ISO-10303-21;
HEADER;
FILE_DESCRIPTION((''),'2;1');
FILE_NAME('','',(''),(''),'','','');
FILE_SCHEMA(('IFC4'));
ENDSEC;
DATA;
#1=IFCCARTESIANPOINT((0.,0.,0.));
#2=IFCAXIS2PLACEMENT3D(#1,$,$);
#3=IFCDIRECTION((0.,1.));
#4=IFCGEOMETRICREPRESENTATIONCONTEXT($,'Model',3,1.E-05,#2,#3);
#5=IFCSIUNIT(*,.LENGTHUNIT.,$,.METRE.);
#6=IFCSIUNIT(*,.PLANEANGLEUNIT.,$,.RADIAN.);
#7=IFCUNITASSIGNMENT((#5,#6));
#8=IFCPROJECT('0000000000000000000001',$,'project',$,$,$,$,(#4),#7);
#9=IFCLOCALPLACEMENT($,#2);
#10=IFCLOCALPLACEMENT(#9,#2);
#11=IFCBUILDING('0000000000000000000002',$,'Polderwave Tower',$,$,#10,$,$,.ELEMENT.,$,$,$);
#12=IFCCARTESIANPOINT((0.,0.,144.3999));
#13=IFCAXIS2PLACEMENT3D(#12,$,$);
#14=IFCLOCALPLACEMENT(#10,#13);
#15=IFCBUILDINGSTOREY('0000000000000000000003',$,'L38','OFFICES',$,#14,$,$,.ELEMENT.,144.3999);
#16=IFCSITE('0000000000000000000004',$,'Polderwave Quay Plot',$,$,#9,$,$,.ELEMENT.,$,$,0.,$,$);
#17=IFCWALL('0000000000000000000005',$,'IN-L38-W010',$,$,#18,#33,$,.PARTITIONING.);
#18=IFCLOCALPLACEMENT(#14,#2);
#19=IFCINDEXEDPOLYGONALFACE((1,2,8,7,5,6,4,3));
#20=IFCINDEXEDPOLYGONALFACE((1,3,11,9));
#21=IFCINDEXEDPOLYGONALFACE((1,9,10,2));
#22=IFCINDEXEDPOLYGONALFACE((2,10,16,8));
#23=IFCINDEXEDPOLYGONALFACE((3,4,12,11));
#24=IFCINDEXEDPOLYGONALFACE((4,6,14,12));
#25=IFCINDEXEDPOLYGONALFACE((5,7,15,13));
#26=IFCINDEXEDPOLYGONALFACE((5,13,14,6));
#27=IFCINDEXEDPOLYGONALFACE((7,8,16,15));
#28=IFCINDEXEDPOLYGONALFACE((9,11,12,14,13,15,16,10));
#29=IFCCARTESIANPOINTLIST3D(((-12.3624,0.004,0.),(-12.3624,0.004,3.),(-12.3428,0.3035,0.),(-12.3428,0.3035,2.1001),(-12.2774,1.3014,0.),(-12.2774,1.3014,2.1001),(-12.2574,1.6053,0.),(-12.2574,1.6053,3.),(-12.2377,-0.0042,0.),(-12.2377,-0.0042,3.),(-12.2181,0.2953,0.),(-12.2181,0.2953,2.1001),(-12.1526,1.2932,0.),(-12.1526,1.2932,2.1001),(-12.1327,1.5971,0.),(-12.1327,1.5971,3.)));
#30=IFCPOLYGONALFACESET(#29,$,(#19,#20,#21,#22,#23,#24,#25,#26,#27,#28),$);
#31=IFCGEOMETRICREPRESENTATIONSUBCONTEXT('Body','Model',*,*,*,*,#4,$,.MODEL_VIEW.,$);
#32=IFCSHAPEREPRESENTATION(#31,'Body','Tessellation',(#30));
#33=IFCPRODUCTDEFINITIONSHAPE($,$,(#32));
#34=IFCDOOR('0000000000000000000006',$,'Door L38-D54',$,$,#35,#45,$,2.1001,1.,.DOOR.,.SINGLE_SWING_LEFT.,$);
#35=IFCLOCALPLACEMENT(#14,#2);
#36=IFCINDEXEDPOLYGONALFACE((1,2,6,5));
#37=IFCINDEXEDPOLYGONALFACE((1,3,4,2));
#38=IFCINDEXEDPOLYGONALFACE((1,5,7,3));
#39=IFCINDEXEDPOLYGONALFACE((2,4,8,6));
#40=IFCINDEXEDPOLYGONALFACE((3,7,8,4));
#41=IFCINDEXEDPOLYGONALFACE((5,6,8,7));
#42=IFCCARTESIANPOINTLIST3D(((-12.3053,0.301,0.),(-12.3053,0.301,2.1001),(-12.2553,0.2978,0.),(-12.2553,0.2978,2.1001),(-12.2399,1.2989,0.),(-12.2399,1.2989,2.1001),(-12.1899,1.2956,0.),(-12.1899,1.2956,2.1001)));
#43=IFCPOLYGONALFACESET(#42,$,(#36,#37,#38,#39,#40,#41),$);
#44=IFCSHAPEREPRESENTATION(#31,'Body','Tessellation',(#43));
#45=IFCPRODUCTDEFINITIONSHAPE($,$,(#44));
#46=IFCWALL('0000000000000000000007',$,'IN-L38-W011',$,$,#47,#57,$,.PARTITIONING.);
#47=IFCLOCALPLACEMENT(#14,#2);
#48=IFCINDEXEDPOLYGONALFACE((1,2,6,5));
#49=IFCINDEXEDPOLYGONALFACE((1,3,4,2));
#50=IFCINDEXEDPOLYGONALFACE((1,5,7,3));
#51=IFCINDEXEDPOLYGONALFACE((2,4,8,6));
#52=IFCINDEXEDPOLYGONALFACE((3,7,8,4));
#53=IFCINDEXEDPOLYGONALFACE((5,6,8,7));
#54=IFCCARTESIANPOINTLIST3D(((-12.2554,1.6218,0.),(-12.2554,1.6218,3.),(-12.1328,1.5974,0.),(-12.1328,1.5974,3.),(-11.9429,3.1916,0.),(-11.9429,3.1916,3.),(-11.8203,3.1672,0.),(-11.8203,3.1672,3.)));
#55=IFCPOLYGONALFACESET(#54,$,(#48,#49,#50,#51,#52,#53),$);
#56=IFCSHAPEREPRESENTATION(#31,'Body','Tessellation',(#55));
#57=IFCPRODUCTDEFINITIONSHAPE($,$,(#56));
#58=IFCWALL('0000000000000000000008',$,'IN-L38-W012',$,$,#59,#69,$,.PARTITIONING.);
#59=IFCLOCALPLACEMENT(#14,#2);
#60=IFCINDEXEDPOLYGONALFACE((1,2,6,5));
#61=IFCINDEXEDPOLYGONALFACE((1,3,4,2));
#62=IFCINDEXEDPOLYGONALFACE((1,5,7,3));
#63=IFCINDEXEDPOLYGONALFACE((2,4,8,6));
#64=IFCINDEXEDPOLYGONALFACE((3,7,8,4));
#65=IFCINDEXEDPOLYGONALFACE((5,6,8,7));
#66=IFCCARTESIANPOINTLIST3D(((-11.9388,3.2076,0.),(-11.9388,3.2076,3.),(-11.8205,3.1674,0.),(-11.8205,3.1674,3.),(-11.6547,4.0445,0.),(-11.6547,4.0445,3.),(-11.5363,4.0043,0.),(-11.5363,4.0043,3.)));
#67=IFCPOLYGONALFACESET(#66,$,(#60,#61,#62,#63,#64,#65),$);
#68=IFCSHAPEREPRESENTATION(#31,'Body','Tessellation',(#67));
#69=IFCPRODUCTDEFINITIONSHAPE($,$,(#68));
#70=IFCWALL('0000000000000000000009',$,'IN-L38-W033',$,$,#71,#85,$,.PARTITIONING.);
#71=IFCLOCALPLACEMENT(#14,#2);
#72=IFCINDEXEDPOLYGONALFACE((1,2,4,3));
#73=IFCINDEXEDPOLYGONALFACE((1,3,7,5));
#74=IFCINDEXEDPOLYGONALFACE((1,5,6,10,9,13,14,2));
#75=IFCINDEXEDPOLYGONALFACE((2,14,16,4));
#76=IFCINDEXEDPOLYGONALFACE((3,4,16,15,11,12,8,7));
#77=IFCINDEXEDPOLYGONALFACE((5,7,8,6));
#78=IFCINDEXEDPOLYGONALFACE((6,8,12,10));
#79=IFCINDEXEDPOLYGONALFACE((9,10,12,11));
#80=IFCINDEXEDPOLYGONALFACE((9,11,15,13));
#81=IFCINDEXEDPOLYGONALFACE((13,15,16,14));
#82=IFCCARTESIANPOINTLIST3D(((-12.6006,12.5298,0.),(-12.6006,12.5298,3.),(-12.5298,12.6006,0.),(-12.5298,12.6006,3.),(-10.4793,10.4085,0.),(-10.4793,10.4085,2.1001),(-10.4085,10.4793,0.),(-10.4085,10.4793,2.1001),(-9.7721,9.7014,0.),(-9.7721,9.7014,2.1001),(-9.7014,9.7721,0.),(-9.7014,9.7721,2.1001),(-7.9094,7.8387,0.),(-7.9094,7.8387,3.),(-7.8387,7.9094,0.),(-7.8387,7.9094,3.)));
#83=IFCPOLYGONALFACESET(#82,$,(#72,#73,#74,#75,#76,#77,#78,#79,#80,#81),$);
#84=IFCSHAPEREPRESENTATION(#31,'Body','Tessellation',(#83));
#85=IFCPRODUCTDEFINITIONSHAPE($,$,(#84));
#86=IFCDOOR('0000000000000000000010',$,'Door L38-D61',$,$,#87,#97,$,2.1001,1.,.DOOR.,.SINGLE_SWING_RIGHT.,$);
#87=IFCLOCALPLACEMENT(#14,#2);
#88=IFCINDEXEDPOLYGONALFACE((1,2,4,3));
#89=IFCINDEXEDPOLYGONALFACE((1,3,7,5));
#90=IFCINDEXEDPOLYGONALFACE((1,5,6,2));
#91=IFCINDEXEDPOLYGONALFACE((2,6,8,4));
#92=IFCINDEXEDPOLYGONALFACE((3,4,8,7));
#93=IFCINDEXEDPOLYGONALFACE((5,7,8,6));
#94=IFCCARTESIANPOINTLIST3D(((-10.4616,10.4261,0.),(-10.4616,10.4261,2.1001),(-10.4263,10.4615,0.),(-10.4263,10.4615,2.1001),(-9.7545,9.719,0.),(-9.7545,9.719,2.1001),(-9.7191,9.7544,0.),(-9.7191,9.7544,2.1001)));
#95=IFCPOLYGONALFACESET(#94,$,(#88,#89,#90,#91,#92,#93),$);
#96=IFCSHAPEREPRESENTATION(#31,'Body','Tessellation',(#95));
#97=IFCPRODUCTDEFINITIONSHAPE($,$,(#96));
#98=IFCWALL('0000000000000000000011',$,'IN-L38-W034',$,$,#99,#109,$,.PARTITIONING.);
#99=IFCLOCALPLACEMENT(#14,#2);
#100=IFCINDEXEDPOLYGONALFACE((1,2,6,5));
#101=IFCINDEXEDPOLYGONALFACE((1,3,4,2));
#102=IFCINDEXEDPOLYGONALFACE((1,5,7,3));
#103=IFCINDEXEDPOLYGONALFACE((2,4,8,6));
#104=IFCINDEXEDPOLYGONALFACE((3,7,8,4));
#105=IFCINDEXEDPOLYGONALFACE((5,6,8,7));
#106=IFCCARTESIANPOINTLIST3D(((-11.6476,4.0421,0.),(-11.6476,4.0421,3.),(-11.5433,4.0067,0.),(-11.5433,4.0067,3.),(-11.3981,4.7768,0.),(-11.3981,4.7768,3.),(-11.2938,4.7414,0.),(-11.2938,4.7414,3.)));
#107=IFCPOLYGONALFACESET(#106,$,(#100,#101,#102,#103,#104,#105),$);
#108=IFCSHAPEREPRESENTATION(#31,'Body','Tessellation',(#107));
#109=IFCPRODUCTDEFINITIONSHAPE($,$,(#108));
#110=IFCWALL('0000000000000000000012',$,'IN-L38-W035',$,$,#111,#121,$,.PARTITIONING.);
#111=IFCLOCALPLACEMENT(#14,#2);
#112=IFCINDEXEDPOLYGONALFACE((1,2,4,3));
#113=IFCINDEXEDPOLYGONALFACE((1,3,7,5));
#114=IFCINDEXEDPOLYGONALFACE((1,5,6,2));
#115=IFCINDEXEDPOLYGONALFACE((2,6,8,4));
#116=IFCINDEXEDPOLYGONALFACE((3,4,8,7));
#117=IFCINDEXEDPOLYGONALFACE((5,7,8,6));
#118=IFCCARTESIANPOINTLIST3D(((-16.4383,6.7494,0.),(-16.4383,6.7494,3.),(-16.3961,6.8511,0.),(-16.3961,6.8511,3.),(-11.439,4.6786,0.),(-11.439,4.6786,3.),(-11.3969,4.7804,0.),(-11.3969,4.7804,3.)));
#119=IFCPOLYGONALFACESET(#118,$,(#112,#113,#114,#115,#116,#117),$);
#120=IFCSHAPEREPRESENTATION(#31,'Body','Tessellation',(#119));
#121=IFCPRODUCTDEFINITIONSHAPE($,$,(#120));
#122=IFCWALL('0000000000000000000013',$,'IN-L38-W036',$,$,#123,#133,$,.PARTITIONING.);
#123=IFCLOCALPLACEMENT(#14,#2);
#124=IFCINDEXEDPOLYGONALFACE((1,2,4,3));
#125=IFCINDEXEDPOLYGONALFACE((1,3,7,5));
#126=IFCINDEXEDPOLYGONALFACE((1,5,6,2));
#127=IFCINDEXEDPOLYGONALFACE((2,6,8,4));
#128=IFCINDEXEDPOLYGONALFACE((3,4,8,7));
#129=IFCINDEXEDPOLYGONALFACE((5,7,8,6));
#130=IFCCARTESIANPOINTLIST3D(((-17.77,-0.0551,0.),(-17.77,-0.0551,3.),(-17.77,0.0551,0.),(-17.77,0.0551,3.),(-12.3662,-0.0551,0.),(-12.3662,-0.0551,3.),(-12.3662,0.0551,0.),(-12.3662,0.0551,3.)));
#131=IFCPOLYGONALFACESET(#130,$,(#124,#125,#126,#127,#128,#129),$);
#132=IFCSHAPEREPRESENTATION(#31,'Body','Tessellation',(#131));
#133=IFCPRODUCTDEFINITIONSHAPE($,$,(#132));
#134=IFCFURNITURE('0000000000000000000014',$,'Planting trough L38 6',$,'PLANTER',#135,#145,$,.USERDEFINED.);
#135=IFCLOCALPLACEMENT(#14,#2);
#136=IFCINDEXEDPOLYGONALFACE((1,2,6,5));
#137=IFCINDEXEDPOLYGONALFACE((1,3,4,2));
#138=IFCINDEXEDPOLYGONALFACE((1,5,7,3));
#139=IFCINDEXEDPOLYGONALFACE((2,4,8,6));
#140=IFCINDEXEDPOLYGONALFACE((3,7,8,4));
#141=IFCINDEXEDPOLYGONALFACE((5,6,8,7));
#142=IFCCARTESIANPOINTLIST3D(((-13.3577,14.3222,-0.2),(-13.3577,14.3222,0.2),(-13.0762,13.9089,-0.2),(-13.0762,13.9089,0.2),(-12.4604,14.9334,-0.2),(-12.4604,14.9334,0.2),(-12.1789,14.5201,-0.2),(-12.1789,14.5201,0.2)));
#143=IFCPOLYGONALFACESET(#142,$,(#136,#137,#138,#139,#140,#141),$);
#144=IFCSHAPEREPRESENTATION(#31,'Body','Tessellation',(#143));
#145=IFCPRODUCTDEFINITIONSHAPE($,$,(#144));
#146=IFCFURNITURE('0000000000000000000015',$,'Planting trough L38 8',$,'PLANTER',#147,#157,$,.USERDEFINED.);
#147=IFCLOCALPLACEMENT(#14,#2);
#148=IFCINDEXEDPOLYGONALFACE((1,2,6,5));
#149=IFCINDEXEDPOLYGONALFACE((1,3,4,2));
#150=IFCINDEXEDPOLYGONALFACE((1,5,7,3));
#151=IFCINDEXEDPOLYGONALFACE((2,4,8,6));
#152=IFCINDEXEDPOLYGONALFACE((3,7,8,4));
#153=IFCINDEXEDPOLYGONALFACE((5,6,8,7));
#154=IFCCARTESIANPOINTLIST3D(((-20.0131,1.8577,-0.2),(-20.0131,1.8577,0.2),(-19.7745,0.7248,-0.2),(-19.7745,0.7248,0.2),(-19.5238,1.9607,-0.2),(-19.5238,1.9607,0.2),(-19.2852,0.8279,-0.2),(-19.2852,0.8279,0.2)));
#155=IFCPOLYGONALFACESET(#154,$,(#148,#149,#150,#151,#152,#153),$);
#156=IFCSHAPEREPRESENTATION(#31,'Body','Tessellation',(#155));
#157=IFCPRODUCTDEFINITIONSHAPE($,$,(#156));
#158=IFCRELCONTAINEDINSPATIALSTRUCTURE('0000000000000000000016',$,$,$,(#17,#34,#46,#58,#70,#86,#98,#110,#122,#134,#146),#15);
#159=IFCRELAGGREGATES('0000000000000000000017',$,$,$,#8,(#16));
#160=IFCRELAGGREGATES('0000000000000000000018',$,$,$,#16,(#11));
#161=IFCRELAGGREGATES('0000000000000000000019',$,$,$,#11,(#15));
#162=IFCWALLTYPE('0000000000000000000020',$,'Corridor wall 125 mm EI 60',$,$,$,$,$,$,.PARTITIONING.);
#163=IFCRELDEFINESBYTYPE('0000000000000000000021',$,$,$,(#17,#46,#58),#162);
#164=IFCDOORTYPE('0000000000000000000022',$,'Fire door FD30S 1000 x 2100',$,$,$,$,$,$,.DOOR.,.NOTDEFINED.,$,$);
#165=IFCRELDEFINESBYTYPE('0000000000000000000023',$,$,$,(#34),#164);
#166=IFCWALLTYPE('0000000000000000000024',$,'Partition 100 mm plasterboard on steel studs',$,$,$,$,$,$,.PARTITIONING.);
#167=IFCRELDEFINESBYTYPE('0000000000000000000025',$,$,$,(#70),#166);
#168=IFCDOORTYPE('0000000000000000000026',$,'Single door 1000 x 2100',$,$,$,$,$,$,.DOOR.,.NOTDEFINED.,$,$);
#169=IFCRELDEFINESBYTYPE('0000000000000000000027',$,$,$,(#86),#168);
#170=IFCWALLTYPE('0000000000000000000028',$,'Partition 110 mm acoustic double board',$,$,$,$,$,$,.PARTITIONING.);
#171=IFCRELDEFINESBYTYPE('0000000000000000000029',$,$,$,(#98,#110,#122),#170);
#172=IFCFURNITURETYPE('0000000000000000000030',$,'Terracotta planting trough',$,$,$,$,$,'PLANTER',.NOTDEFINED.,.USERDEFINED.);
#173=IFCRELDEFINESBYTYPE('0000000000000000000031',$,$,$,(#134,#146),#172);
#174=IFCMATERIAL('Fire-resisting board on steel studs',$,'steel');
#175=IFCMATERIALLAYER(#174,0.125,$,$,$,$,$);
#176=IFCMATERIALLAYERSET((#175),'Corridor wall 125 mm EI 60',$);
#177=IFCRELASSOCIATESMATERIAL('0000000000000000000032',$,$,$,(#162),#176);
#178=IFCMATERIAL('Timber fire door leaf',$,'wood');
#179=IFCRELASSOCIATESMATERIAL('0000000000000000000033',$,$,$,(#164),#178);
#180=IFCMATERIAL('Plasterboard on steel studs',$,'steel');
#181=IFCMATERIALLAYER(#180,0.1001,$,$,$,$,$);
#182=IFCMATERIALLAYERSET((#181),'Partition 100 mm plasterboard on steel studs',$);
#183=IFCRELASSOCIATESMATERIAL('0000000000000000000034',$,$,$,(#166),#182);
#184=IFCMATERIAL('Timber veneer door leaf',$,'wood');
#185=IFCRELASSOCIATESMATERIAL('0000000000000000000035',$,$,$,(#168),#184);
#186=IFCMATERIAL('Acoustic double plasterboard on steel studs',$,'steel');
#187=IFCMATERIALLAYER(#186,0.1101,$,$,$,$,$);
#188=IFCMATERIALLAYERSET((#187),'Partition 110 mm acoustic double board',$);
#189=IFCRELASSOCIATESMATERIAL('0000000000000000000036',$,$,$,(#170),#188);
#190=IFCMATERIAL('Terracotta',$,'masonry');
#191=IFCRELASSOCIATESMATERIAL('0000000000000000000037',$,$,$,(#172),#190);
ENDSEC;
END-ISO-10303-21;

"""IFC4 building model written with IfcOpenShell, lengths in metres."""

from ifc_helpers import new_model, si_unit, direction, frame, frame_2d, origin, origin_2d, place, context, subcontext, project, spatial, rectangle, extrude, material, layer, layer_set, type_object, element, fill, save


model = new_model("IFC4")

# Units and contexts
model_context = context("Model", 3, precision=1e-05, world=origin(), true_north=direction((0.0, 1.0)))
body_context = subcontext(model_context, "Body", "Model", "MODEL_VIEW")
ifc_project = project(units=[si_unit("LENGTHUNIT", "METRE"), si_unit("PLANEANGLEUNIT", "RADIAN")], contexts=[model_context])

# Site, building, storey
site_placement = place(None, origin())
site = spatial("IfcSite", under=ifc_project, at=site_placement, Name="Polderwave Quay Plot", CompositionType="ELEMENT", RefElevation=0.0)
building_placement = place(site_placement, origin())
building = spatial("IfcBuilding", under=site, at=building_placement, Name="Polderwave Tower", CompositionType="ELEMENT")
storey_placement = place(building_placement, frame((0.0, 0.0, 144.3999)))
storey = spatial("IfcBuildingStorey", under=building, at=storey_placement, Name="L38", Description="OFFICES", CompositionType="ELEMENT", Elevation=144.3999)

# Wall, opening, door
ifc_material_1 = material(Name="Fire-resisting board on steel studs", Category="steel")
ifc_layer_1 = layer(ifc_material_1, 0.125)
ifc_layer_set_1 = layer_set([ifc_layer_1], Name="Corridor wall 125 mm EI 60")
wall_type_1 = type_object("IfcWallType", Name="Corridor wall 125 mm EI 60", PredefinedType="PARTITIONING", material=ifc_layer_set_1)
ifc_material_2 = material(Name="Timber fire door leaf", Category="wood")
door_type_1 = type_object("IfcDoorType", Name="Fire door FD30S 1000 x 2100", OperationType="NOTDEFINED", PredefinedType="DOOR", material=ifc_material_2)
wall_1_placement = place(storey_placement, frame((-12.3, 0.0, 0.0), z_axis=(0.0, 0.0, 1.0), x_axis=(0.065418, 0.997858, 0.0)))
wall_1 = element("IfcWall", 1, at=wall_1_placement, inside=storey, type_object=wall_type_1, Name="IN-L38-W010", PredefinedType="PARTITIONING", context=body_context, shape_type="SweptSolid", body=[
    extrude(rectangle(XDim=1.6047, YDim=0.125, at=frame_2d((0.8022, 0.0))), origin(), (0.0, 0.0, 1.0), 3.0),
])
opening_1_placement = place(wall_1_placement, frame((0.3, 0.0, 0.0)))
opening_1 = element("IfcOpeningElement", 2, at=opening_1_placement, cuts=wall_1, PredefinedType="OPENING", context=body_context, shape_type="SweptSolid", body=[
    extrude(rectangle(XDim=1.0, YDim=2.1001, at=frame_2d((0.5, 1.05))), frame((0.0, 0.0725, 0.0), z_axis=(0.0, -1.0, 0.0), x_axis=(1.0, 0.0, 0.0)), (0.0, 0.0, 1.0), 0.145),
])
door_1_placement = place(opening_1_placement, origin())
door_1 = element("IfcDoor", 3, at=door_1_placement, inside=storey, type_object=door_type_1, Name="Door L38-D54", OperationType="SINGLE_SWING_LEFT", OverallHeight=2.1001, OverallWidth=1.0, PredefinedType="DOOR", context=body_context, shape_type="SweptSolid", body=[
    extrude(rectangle(XDim=1.0, YDim=2.1001, at=frame_2d((0.5, 1.05))), frame((0.0, 0.0249, 0.0), z_axis=(0.0, -1.0, 0.0), x_axis=(1.0, 0.0, 0.0)), (0.0, 0.0, 1.0), 0.05),
])
fill(opening_1, door_1)

# Walls
wall_2_placement = place(storey_placement, frame((-12.1941, 1.6096, 0.0), z_axis=(0.0, 0.0, 1.0), x_axis=(0.195236, 0.980756, 0.0)))
element("IfcWall", 4, at=wall_2_placement, inside=storey, type_object=wall_type_1, Name="IN-L38-W011", PredefinedType="PARTITIONING", context=body_context, shape_type="SweptSolid", body=[
    extrude(rectangle(XDim=1.6006, YDim=0.125, at=frame_2d((0.8003, 0.0))), origin(), (0.0, 0.0, 1.0), 3.0),
])
wall_3_placement = place(storey_placement, frame((-11.8796, 3.1875, 0.0), z_axis=(0.0, 0.0, 1.0), x_axis=(0.321526, 0.946901, 0.0)))
element("IfcWall", 5, at=wall_3_placement, inside=storey, type_object=wall_type_1, Name="IN-L38-W012", PredefinedType="PARTITIONING", context=body_context, shape_type="SweptSolid", body=[
    extrude(rectangle(XDim=0.8838, YDim=0.125, at=frame_2d((0.4419, 0.0))), origin(), (0.0, 0.0, 1.0), 3.0),
])

# Wall, opening, door
ifc_material_3 = material(Name="Plasterboard on steel studs", Category="steel")
ifc_layer_2 = layer(ifc_material_3, 0.1001)
ifc_layer_set_2 = layer_set([ifc_layer_2], Name="Partition 100 mm plasterboard on steel studs")
wall_type_2 = type_object("IfcWallType", Name="Partition 100 mm plasterboard on steel studs", PredefinedType="PARTITIONING", material=ifc_layer_set_2)
wall_4_placement = place(storey_placement, frame((-12.5652, 12.5652, 0.0), z_axis=(0.0, 0.0, 1.0), x_axis=(0.707107, -0.707107, 0.0)))
wall_4 = element("IfcWall", 6, at=wall_4_placement, inside=storey, type_object=wall_type_2, Name="IN-L38-W033", PredefinedType="PARTITIONING", context=body_context, shape_type="SweptSolid", body=[
    extrude(rectangle(XDim=6.6343, YDim=0.1001, at=frame_2d((3.3171, 0.0))), origin(), (0.0, 0.0, 1.0), 3.0),
])
opening_2_placement = place(wall_4_placement, frame((3.0, 0.0, 0.0)))
opening_2 = element("IfcOpeningElement", 7, at=opening_2_placement, cuts=wall_4, PredefinedType="OPENING", context=body_context, shape_type="SweptSolid", body=[
    extrude(rectangle(XDim=1.0, YDim=2.1001, at=frame_2d((0.5, 1.05))), frame((0.0, 0.0601, 0.0), z_axis=(0.0, -1.0, 0.0), x_axis=(1.0, 0.0, 0.0)), (0.0, 0.0, 1.0), 0.1201),
])
ifc_material_4 = material(Name="Timber veneer door leaf", Category="wood")
door_type_2 = type_object("IfcDoorType", Name="Single door 1000 x 2100", OperationType="NOTDEFINED", PredefinedType="DOOR", material=ifc_material_4)
door_2_placement = place(opening_2_placement, origin())
door_2 = element("IfcDoor", 8, at=door_2_placement, inside=storey, type_object=door_type_2, Name="Door L38-D61", OperationType="SINGLE_SWING_RIGHT", OverallHeight=2.1001, OverallWidth=1.0, PredefinedType="DOOR", context=body_context, shape_type="SweptSolid", body=[
    extrude(rectangle(XDim=1.0, YDim=2.1001, at=frame_2d((0.5, 1.05))), frame((0.0, 0.0249, 0.0), z_axis=(0.0, -1.0, 0.0), x_axis=(1.0, 0.0, 0.0)), (0.0, 0.0, 1.0), 0.05),
])
fill(opening_2, door_2)

# Walls
ifc_material_5 = material(Name="Acoustic double plasterboard on steel studs", Category="steel")
ifc_layer_3 = layer(ifc_material_5, 0.1101)
ifc_layer_set_3 = layer_set([ifc_layer_3], Name="Partition 110 mm acoustic double board")
wall_type_3 = type_object("IfcWallType", Name="Partition 110 mm acoustic double board", PredefinedType="PARTITIONING", material=ifc_layer_set_3)
wall_5_placement = place(storey_placement, frame((-11.5955, 4.0244, 0.0), z_axis=(0.0, 0.0, 1.0), x_axis=(0.321604, 0.946874, 0.0)))
element("IfcWall", 9, at=wall_5_placement, inside=storey, type_object=wall_type_3, Name="IN-L38-W034", PredefinedType="PARTITIONING", context=body_context, shape_type="SweptSolid", body=[
    extrude(rectangle(XDim=0.7759, YDim=0.1101, at=frame_2d((0.3879, 0.0))), origin(), (0.0, 0.0, 1.0), 3.0),
])
wall_6_placement = place(storey_placement, frame((-11.418, 4.7295, 0.0), z_axis=(0.0, 0.0, 1.0), x_axis=(-0.923877, 0.382689, 0.0)))
element("IfcWall", 10, at=wall_6_placement, inside=storey, type_object=wall_type_3, Name="IN-L38-W035", PredefinedType="PARTITIONING", context=body_context, shape_type="SweptSolid", body=[
    extrude(rectangle(XDim=5.4111, YDim=0.1101, at=frame_2d((2.7056, 0.0))), origin(), (0.0, 0.0, 1.0), 3.0),
])
wall_7_placement = place(storey_placement, frame((-12.3662, 0.0, 0.0), z_axis=(0.0, 0.0, 1.0), x_axis=(-1.0, 0.0, 0.0)))
element("IfcWall", 11, at=wall_7_placement, inside=storey, type_object=wall_type_3, Name="IN-L38-W036", PredefinedType="PARTITIONING", context=body_context, shape_type="SweptSolid", body=[
    extrude(rectangle(XDim=5.4038, YDim=0.1101, at=frame_2d((2.7019, 0.0))), origin(), (0.0, 0.0, 1.0), 3.0),
])

# Furniture
ifc_material_6 = material(Name="Terracotta", Category="masonry")
furniture_type = type_object("IfcFurnitureType", Name="Terracotta planting trough", ElementType="PLANTER", AssemblyPlace="NOTDEFINED", PredefinedType="USERDEFINED", material=ifc_material_6)
furniture_1_placement = place(storey_placement, frame((-12.7683, 14.4211, -0.2), z_axis=(0.0, 0.0, 1.0), x_axis=(-0.826503, -0.562932, 0.0)))
element("IfcFurniture", 12, at=furniture_1_placement, inside=storey, type_object=furniture_type, Name="Planting trough L38 6", ObjectType="PLANTER", PredefinedType="USERDEFINED", context=body_context, shape_type="SweptSolid", body=[
    extrude(rectangle(XDim=1.0857, YDim=0.5, at=origin_2d()), origin(), (0.0, 0.0, 1.0), 0.3999),
])
furniture_2_placement = place(storey_placement, frame((-19.6492, 1.3428, -0.2), z_axis=(0.0, 0.0, 1.0), x_axis=(0.206073, -0.978537, 0.0)))
element("IfcFurniture", 13, at=furniture_2_placement, inside=storey, type_object=furniture_type, Name="Planting trough L38 8", ObjectType="PLANTER", PredefinedType="USERDEFINED", context=body_context, shape_type="SweptSolid", body=[
    extrude(rectangle(XDim=1.1577, YDim=0.5, at=origin_2d()), origin(), (0.0, 0.0, 1.0), 0.3999),
])

save(model, "model.ifc")
